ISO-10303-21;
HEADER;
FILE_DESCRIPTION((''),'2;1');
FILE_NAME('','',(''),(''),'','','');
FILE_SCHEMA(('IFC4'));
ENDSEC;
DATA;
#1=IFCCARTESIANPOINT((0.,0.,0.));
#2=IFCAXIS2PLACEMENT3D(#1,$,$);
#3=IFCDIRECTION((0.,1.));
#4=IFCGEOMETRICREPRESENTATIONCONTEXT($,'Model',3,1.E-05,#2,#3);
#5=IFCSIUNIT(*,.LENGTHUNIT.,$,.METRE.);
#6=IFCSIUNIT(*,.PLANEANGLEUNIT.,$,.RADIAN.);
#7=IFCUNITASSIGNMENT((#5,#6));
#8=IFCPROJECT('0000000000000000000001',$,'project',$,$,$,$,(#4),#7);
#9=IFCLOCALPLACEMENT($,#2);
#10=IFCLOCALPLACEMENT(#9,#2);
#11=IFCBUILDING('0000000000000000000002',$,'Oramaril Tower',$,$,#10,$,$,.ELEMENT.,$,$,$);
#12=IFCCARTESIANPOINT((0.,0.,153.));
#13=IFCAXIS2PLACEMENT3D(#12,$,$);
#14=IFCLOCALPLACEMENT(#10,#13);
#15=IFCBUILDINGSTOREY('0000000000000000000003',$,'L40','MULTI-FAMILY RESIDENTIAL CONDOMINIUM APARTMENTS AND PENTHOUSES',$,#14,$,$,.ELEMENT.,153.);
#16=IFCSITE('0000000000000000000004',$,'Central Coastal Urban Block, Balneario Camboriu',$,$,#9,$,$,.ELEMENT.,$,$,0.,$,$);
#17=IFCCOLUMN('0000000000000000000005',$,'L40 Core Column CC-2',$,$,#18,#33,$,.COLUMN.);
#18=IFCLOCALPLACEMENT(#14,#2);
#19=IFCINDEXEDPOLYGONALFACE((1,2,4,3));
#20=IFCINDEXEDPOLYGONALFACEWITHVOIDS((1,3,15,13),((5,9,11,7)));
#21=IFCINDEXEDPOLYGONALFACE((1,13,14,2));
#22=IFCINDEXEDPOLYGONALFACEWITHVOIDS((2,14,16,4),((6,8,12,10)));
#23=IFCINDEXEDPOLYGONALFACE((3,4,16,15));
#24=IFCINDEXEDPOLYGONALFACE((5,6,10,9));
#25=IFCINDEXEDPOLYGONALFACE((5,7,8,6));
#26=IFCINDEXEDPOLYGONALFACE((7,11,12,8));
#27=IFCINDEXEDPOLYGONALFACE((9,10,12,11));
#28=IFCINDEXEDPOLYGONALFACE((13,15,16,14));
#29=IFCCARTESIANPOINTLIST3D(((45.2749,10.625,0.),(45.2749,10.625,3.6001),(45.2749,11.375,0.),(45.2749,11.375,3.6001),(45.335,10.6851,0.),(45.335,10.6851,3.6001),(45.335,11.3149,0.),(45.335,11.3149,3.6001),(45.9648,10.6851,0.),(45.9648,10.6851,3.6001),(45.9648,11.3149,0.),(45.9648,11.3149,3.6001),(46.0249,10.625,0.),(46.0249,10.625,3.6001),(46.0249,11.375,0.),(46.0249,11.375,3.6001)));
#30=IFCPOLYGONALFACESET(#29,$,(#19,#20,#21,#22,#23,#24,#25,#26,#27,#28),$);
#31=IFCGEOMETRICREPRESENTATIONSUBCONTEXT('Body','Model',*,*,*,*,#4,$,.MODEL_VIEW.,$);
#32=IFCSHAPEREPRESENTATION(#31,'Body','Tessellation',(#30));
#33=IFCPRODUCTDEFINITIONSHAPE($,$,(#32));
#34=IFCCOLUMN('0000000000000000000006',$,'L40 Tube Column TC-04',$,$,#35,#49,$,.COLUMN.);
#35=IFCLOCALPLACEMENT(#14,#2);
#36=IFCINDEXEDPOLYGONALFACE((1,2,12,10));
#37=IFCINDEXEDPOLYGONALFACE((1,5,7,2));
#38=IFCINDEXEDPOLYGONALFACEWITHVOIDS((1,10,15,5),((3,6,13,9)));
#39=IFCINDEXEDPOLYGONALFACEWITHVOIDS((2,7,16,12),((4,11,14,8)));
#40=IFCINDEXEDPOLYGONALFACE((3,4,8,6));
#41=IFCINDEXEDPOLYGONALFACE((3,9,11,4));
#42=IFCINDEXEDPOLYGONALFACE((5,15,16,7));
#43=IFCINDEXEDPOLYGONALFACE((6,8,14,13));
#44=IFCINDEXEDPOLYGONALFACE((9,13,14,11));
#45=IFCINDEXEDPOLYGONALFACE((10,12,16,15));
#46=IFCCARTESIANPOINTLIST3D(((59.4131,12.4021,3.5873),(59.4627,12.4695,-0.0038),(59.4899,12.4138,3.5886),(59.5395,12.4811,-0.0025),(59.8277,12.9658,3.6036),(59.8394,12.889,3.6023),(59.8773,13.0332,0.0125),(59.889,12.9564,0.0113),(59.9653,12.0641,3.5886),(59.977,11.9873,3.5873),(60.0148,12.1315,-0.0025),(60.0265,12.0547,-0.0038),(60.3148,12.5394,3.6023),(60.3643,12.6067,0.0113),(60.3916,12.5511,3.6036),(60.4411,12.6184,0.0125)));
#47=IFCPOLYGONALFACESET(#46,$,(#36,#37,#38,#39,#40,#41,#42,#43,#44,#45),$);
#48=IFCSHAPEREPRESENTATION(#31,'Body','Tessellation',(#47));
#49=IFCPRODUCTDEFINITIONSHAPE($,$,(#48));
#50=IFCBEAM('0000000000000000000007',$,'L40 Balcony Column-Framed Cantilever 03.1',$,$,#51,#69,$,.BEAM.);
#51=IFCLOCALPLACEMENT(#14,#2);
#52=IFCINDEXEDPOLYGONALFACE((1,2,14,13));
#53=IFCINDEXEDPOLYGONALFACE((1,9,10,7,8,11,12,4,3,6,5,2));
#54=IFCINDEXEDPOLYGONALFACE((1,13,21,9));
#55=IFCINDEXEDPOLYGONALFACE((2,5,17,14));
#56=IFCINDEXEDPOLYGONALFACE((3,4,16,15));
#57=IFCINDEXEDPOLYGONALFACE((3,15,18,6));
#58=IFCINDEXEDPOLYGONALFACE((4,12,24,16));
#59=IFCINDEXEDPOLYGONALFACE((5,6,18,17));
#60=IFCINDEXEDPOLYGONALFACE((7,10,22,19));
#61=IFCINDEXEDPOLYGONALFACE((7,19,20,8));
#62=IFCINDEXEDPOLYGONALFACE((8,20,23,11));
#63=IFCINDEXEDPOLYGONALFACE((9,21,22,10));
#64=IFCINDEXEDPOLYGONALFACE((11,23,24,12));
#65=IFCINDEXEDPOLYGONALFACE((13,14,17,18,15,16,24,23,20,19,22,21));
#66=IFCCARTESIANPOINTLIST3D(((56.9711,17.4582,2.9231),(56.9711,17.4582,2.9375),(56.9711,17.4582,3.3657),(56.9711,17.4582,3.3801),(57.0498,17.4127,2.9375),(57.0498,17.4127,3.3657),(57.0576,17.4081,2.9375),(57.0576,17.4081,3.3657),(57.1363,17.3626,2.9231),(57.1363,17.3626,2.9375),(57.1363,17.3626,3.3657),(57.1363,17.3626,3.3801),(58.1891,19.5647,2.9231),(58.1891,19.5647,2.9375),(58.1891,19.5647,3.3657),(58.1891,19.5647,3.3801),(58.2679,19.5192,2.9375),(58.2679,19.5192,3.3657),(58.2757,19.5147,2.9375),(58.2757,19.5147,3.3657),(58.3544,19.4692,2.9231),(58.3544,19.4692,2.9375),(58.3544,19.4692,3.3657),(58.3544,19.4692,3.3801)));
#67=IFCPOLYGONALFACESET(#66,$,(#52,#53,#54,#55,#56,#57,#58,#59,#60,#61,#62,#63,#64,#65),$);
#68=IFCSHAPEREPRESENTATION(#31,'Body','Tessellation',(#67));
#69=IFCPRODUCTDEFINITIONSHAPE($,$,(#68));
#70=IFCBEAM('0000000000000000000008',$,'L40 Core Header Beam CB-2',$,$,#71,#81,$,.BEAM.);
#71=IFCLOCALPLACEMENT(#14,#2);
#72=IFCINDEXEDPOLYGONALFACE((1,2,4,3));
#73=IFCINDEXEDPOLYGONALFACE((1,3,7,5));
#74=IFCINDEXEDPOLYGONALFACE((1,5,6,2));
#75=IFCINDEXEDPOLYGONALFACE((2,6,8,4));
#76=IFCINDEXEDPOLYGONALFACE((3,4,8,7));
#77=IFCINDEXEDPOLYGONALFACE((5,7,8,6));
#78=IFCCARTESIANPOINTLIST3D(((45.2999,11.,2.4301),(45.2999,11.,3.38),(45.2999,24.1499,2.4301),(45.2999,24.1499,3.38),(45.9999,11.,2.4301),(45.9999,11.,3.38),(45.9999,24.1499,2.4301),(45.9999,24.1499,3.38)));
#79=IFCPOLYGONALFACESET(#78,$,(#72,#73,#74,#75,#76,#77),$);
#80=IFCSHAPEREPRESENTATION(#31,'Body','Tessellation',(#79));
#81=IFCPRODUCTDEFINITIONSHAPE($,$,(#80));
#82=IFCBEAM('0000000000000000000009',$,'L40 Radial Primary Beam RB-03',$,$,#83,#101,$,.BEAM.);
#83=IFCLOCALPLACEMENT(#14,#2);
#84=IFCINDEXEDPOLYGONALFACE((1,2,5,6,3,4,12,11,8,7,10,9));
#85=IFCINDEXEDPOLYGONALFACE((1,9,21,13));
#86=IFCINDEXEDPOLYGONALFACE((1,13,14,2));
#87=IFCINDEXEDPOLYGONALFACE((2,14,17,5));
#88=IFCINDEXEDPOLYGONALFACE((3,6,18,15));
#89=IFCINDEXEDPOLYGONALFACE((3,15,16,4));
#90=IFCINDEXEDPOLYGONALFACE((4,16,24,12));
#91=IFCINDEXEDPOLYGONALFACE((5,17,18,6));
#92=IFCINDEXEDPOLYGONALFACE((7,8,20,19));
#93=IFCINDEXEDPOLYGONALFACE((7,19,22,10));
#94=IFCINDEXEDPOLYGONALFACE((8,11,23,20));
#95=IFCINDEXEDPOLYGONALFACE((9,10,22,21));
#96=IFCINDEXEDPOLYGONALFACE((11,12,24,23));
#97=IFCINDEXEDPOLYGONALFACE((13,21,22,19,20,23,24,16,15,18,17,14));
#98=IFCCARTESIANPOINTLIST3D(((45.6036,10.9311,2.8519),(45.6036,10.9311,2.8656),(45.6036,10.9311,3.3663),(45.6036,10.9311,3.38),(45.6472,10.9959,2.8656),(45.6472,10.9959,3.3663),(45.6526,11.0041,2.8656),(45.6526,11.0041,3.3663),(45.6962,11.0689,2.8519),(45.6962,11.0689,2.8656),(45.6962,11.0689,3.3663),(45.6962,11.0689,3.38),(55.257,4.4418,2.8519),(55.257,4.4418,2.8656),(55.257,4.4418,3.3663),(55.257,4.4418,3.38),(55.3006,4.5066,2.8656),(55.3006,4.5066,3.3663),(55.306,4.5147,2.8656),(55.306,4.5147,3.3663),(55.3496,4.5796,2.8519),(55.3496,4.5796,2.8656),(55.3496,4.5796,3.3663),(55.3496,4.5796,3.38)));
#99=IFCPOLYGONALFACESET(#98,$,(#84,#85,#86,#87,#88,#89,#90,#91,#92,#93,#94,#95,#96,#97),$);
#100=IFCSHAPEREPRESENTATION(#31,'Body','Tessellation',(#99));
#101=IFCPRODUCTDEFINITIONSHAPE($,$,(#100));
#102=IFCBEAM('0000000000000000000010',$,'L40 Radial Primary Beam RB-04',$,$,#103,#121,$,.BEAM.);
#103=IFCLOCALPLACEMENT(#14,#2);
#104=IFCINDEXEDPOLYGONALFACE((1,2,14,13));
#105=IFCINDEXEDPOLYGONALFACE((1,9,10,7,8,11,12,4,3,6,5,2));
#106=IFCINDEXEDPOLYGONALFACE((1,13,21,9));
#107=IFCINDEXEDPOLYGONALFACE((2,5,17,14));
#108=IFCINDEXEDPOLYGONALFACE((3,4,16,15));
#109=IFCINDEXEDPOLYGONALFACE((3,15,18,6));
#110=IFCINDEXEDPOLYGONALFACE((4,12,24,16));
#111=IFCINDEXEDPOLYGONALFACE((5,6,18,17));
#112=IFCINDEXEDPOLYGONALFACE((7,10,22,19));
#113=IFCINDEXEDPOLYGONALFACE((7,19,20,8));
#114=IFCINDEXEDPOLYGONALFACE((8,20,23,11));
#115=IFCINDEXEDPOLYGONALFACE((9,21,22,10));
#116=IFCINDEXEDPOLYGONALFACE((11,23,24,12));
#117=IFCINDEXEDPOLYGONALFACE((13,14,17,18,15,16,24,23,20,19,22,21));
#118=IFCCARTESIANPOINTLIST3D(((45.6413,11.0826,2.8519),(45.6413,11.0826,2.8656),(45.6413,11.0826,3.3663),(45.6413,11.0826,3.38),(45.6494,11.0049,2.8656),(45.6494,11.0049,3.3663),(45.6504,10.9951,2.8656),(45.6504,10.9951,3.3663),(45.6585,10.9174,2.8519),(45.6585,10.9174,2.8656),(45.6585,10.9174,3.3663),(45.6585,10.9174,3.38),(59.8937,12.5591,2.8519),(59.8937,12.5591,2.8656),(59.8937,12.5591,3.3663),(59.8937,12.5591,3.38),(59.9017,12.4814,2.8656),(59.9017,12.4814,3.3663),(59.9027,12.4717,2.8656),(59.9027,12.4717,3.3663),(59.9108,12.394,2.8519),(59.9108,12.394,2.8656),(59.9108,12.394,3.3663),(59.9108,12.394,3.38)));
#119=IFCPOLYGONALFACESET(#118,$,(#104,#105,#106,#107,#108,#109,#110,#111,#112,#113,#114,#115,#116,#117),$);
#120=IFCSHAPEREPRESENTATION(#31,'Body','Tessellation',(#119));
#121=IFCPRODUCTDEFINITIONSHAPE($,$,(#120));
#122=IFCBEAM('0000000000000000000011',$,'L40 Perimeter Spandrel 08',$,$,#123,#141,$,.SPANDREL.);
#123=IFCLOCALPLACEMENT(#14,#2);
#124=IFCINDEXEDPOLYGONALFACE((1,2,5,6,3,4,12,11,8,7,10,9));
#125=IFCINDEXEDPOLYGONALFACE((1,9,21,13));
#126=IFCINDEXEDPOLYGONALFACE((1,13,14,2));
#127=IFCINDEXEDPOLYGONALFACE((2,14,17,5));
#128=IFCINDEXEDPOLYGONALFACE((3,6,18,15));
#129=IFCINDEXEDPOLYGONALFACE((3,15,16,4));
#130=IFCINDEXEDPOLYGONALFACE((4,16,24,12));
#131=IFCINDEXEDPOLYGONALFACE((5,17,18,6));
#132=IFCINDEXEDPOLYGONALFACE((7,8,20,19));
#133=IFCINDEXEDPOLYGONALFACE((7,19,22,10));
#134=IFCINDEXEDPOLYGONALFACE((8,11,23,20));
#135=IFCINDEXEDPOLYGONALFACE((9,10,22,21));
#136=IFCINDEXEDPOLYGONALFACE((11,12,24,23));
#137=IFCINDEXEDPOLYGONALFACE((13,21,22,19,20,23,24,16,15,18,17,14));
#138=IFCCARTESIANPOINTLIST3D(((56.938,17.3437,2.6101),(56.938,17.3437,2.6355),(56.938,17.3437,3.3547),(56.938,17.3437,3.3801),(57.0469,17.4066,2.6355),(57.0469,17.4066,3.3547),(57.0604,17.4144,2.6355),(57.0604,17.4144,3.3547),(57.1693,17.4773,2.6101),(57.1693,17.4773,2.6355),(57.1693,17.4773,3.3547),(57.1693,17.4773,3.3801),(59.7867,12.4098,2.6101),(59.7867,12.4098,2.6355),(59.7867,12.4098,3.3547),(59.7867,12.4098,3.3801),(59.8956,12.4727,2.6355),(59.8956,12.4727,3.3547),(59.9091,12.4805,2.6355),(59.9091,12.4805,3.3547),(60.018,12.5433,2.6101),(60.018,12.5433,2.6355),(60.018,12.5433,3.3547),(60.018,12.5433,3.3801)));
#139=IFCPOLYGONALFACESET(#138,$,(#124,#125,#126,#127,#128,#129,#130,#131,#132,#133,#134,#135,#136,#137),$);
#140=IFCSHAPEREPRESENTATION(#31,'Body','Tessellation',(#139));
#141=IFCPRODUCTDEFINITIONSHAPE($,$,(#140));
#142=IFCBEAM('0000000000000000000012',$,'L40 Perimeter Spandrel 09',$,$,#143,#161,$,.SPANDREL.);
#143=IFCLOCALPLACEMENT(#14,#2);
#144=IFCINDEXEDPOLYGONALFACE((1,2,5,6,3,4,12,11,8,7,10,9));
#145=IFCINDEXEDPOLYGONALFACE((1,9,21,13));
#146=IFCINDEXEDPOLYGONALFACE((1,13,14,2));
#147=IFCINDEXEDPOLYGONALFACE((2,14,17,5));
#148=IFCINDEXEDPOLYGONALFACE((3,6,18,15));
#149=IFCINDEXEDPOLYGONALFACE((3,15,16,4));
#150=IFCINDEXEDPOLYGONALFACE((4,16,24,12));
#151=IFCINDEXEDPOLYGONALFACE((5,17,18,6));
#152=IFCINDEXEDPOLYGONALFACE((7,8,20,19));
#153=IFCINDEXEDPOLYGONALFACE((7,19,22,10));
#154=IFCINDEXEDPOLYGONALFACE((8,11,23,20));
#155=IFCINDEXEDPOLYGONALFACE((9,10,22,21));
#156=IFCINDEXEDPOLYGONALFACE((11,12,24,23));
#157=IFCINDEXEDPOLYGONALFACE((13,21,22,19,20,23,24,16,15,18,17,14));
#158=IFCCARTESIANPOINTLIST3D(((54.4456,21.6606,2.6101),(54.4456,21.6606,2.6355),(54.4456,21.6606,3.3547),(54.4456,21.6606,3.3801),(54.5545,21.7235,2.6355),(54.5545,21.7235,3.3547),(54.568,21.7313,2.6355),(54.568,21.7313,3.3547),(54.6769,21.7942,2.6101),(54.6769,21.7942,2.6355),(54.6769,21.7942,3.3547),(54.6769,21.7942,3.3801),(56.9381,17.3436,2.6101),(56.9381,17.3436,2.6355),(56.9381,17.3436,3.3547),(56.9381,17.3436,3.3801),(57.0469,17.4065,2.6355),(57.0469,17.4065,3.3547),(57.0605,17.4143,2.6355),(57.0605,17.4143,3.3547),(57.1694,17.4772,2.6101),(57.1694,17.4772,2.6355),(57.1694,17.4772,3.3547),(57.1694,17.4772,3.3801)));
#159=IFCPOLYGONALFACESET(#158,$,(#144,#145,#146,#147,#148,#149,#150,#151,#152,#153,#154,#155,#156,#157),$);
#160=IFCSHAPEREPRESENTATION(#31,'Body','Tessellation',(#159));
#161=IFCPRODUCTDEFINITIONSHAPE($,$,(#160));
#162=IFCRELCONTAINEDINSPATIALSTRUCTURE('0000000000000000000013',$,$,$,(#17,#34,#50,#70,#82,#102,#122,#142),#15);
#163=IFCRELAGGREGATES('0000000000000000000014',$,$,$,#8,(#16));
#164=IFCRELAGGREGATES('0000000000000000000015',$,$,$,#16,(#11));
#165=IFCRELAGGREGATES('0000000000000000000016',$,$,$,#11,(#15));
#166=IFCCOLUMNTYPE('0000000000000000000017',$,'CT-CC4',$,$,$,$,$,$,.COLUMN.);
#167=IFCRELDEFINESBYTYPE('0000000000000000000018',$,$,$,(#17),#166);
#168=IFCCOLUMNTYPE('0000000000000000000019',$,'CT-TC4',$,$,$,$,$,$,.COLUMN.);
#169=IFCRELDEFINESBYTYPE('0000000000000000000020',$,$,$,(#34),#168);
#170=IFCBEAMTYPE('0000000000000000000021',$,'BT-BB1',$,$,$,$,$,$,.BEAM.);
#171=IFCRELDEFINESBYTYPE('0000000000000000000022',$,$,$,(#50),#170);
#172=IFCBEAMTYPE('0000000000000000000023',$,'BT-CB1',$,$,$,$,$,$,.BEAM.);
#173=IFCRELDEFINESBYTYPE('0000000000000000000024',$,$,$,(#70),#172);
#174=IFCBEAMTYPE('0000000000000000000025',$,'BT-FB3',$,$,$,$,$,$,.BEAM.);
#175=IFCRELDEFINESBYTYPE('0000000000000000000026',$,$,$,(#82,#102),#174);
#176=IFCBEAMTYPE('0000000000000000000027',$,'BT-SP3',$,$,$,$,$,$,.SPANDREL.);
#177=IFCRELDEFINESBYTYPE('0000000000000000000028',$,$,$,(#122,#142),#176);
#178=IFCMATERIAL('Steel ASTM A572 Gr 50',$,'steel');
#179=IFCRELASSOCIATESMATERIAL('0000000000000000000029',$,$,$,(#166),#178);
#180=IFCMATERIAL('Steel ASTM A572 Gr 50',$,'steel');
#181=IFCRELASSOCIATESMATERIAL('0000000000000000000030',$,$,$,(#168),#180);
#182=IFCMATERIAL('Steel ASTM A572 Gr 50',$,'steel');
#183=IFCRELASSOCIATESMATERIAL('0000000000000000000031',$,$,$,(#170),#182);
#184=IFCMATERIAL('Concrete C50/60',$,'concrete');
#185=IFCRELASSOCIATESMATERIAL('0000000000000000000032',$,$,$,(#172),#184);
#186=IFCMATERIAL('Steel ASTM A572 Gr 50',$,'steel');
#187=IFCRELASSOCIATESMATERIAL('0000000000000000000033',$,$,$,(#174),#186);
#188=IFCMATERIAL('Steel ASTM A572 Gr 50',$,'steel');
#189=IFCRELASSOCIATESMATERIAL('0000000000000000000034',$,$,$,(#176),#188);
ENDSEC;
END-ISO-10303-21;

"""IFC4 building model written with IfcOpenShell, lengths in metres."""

from ifc_helpers import new_model, si_unit, direction, frame, origin, origin_2d, place, context, subcontext, project, spatial, rectangle, hollow_rectangle, i_section, extrude, material, material_profile, profile_set, type_object, element, save


model = new_model("IFC4")

# Units and contexts
model_context = context("Model", 3, precision=1e-05, world=origin(), true_north=direction((0.0, 1.0)))
body_context = subcontext(model_context, "Body", "Model", "MODEL_VIEW")
ifc_project = project(units=[si_unit("LENGTHUNIT", "METRE"), si_unit("PLANEANGLEUNIT", "RADIAN")], contexts=[model_context])

# Site, building, storey
site_placement = place(None, origin())
site = spatial("IfcSite", under=ifc_project, at=site_placement, Name="Central Coastal Urban Block, Balneario Camboriu", CompositionType="ELEMENT", RefElevation=0.0)
building_placement = place(site_placement, origin())
building = spatial("IfcBuilding", under=site, at=building_placement, Name="Oramaril Tower", CompositionType="ELEMENT")
storey_placement = place(building_placement, frame((0.0, 0.0, 153.0)))
storey = spatial("IfcBuildingStorey", under=building, at=storey_placement, Name="L40", Description="MULTI-FAMILY RESIDENTIAL CONDOMINIUM APARTMENTS AND PENTHOUSES", CompositionType="ELEMENT", Elevation=153.0)

# Columns
ifc_material_1 = material(Name="Steel ASTM A572 Gr 50", Category="steel")
ifc_material_profile_1 = material_profile(ifc_material_1, hollow_rectangle(XDim=0.75, YDim=0.75, WallThickness=0.0601, at=origin_2d()), Name="BOX750X750X60")
ifc_profile_set_1 = profile_set([ifc_material_profile_1], Name="Steel ASTM A572 Gr 50")
column_type_1 = type_object("IfcColumnType", Name="CT-CC4", PredefinedType="COLUMN", material=ifc_profile_set_1)
column_1_placement = place(storey_placement, frame((45.6499, 11.0, 0.0), z_axis=(0.0, 0.0, 1.0), x_axis=(1.0, 0.0, 0.0)))
element("IfcColumn", 1, at=column_1_placement, inside=storey, type_object=column_type_1, Name="L40 Core Column CC-2", PredefinedType="COLUMN", context=body_context, shape_type="SweptSolid", body=[
    extrude(hollow_rectangle(XDim=0.75, YDim=0.75, WallThickness=0.0601, at=origin_2d()), origin(), (0.0, 0.0, 1.0), 3.6001),
])
ifc_material_2 = material(Name="Steel ASTM A572 Gr 50", Category="steel")
ifc_material_profile_2 = material_profile(ifc_material_2, hollow_rectangle(XDim=0.7, YDim=0.7, WallThickness=0.0549, at=origin_2d()), Name="BOX700X700X55")
ifc_profile_set_2 = profile_set([ifc_material_profile_2], Name="Steel ASTM A572 Gr 50")
column_type_2 = type_object("IfcColumnType", Name="CT-TC4", PredefinedType="COLUMN", material=ifc_profile_set_2)
column_2_placement = place(storey_placement, frame((59.9519, 12.5439, 0.0044), z_axis=(-0.013797, -0.018759, 0.999729), x_axis=(0.805569, -0.592502, 0.0)))
element("IfcColumn", 2, at=column_2_placement, inside=storey, type_object=column_type_2, Name="L40 Tube Column TC-04", PredefinedType="COLUMN", context=body_context, shape_type="SweptSolid", body=[
    extrude(hollow_rectangle(XDim=0.7, YDim=0.7, WallThickness=0.0549, at=origin_2d()), origin(), (0.0, 0.0, 1.0), 3.592),
])

# Beams
ifc_material_3 = material(Name="Steel ASTM A572 Gr 50", Category="steel")
ifc_material_profile_3 = material_profile(ifc_material_3, i_section(OverallWidth=0.1909, OverallDepth=0.457, WebThickness=0.009, FlangeThickness=0.0144, at=origin_2d()), Name="W18X50")
ifc_profile_set_3 = profile_set([ifc_material_profile_3], Name="Steel ASTM A572 Gr 50")
beam_type_1 = type_object("IfcBeamType", Name="BT-BB1", PredefinedType="BEAM", material=ifc_profile_set_3)
beam_1_placement = place(storey_placement, frame((57.0537, 17.4104, 3.1516), z_axis=(0.500573, 0.865694, 0.0), x_axis=(-0.865694, 0.500573, 0.0)))
element("IfcBeam", 3, at=beam_1_placement, inside=storey, type_object=beam_type_1, Name="L40 Balcony Column-Framed Cantilever 03.1", PredefinedType="BEAM", context=body_context, shape_type="SweptSolid", body=[
    extrude(i_section(OverallWidth=0.1909, OverallDepth=0.457, WebThickness=0.009, FlangeThickness=0.0144, at=origin_2d()), origin(), (0.0, 0.0, 1.0), 2.4333),
])
ifc_material_4 = material(Name="Concrete C50/60", Category="concrete")
ifc_material_profile_4 = material_profile(ifc_material_4, rectangle(XDim=0.7, YDim=0.95, at=origin_2d()), Name="CB700X950")
ifc_profile_set_4 = profile_set([ifc_material_profile_4], Name="Concrete C50/60")
beam_type_2 = type_object("IfcBeamType", Name="BT-CB1", PredefinedType="BEAM", material=ifc_profile_set_4)
beam_2_placement = place(storey_placement, frame((45.6499, 11.0, 2.905), z_axis=(0.0, 1.0, 0.0), x_axis=(-1.0, 0.0, 0.0)))
element("IfcBeam", 4, at=beam_2_placement, inside=storey, type_object=beam_type_2, Name="L40 Core Header Beam CB-2", PredefinedType="BEAM", context=body_context, shape_type="SweptSolid", body=[
    extrude(rectangle(XDim=0.7, YDim=0.95, at=origin_2d()), origin(), (0.0, 0.0, 1.0), 13.1499),
])
ifc_material_5 = material(Name="Steel ASTM A572 Gr 50", Category="steel")
ifc_material_profile_5 = material_profile(ifc_material_5, i_section(OverallWidth=0.166, OverallDepth=0.5281, WebThickness=0.0098, FlangeThickness=0.0137, at=origin_2d()), Name="W21X50")
ifc_profile_set_5 = profile_set([ifc_material_profile_5], Name="Steel ASTM A572 Gr 50")
beam_type_3 = type_object("IfcBeamType", Name="BT-FB3", PredefinedType="BEAM", material=ifc_profile_set_5)
beam_3_placement = place(storey_placement, frame((45.6499, 11.0, 3.116), z_axis=(0.829913, -0.557893, 0.0), x_axis=(0.557893, 0.829913, 0.0)))
element("IfcBeam", 5, at=beam_3_placement, inside=storey, type_object=beam_type_3, Name="L40 Radial Primary Beam RB-03", PredefinedType="BEAM", context=body_context, shape_type="SweptSolid", body=[
    extrude(i_section(OverallWidth=0.166, OverallDepth=0.5281, WebThickness=0.0098, FlangeThickness=0.0137, at=origin_2d()), origin(), (0.0, 0.0, 1.0), 11.6318),
])
beam_4_placement = place(storey_placement, frame((45.6499, 11.0, 3.116), z_axis=(0.994676, 0.103049, 0.0), x_axis=(-0.103049, 0.994676, 0.0)))
element("IfcBeam", 6, at=beam_4_placement, inside=storey, type_object=beam_type_3, Name="L40 Radial Primary Beam RB-04", PredefinedType="BEAM", context=body_context, shape_type="SweptSolid", body=[
    extrude(i_section(OverallWidth=0.166, OverallDepth=0.5281, WebThickness=0.0098, FlangeThickness=0.0137, at=origin_2d()), origin(), (0.0, 0.0, 1.0), 14.3286),
])
ifc_material_6 = material(Name="Steel ASTM A572 Gr 50", Category="steel")
ifc_material_profile_6 = material_profile(ifc_material_6, i_section(OverallWidth=0.2671, OverallDepth=0.77, WebThickness=0.0156, FlangeThickness=0.0254, at=origin_2d()), Name="W30X132")
ifc_profile_set_6 = profile_set([ifc_material_profile_6], Name="Steel ASTM A572 Gr 50")
beam_type_4 = type_object("IfcBeamType", Name="BT-SP3", PredefinedType="SPANDREL", material=ifc_profile_set_6)
beam_5_placement = place(storey_placement, frame((59.9023, 12.4766, 2.9951), z_axis=(-0.500011, 0.866019, 0.0), x_axis=(-0.866019, -0.500011, 0.0)))
element("IfcBeam", 7, at=beam_5_placement, inside=storey, type_object=beam_type_4, Name="L40 Perimeter Spandrel 08", PredefinedType="SPANDREL", context=body_context, shape_type="SweptSolid", body=[
    extrude(i_section(OverallWidth=0.2671, OverallDepth=0.77, WebThickness=0.0156, FlangeThickness=0.0254, at=origin_2d()), origin(), (0.0, 0.0, 1.0), 5.6973),
])
beam_6_placement = place(storey_placement, frame((57.0537, 17.4104, 2.9951), z_axis=(-0.500011, 0.866019, 0.0), x_axis=(-0.866019, -0.500011, 0.0)))
element("IfcBeam", 8, at=beam_6_placement, inside=storey, type_object=beam_type_4, Name="L40 Perimeter Spandrel 09", PredefinedType="SPANDREL", context=body_context, shape_type="SweptSolid", body=[
    extrude(i_section(OverallWidth=0.2671, OverallDepth=0.77, WebThickness=0.0156, FlangeThickness=0.0254, at=origin_2d()), origin(), (0.0, 0.0, 1.0), 4.9849),
])

save(model, "model.ifc")
